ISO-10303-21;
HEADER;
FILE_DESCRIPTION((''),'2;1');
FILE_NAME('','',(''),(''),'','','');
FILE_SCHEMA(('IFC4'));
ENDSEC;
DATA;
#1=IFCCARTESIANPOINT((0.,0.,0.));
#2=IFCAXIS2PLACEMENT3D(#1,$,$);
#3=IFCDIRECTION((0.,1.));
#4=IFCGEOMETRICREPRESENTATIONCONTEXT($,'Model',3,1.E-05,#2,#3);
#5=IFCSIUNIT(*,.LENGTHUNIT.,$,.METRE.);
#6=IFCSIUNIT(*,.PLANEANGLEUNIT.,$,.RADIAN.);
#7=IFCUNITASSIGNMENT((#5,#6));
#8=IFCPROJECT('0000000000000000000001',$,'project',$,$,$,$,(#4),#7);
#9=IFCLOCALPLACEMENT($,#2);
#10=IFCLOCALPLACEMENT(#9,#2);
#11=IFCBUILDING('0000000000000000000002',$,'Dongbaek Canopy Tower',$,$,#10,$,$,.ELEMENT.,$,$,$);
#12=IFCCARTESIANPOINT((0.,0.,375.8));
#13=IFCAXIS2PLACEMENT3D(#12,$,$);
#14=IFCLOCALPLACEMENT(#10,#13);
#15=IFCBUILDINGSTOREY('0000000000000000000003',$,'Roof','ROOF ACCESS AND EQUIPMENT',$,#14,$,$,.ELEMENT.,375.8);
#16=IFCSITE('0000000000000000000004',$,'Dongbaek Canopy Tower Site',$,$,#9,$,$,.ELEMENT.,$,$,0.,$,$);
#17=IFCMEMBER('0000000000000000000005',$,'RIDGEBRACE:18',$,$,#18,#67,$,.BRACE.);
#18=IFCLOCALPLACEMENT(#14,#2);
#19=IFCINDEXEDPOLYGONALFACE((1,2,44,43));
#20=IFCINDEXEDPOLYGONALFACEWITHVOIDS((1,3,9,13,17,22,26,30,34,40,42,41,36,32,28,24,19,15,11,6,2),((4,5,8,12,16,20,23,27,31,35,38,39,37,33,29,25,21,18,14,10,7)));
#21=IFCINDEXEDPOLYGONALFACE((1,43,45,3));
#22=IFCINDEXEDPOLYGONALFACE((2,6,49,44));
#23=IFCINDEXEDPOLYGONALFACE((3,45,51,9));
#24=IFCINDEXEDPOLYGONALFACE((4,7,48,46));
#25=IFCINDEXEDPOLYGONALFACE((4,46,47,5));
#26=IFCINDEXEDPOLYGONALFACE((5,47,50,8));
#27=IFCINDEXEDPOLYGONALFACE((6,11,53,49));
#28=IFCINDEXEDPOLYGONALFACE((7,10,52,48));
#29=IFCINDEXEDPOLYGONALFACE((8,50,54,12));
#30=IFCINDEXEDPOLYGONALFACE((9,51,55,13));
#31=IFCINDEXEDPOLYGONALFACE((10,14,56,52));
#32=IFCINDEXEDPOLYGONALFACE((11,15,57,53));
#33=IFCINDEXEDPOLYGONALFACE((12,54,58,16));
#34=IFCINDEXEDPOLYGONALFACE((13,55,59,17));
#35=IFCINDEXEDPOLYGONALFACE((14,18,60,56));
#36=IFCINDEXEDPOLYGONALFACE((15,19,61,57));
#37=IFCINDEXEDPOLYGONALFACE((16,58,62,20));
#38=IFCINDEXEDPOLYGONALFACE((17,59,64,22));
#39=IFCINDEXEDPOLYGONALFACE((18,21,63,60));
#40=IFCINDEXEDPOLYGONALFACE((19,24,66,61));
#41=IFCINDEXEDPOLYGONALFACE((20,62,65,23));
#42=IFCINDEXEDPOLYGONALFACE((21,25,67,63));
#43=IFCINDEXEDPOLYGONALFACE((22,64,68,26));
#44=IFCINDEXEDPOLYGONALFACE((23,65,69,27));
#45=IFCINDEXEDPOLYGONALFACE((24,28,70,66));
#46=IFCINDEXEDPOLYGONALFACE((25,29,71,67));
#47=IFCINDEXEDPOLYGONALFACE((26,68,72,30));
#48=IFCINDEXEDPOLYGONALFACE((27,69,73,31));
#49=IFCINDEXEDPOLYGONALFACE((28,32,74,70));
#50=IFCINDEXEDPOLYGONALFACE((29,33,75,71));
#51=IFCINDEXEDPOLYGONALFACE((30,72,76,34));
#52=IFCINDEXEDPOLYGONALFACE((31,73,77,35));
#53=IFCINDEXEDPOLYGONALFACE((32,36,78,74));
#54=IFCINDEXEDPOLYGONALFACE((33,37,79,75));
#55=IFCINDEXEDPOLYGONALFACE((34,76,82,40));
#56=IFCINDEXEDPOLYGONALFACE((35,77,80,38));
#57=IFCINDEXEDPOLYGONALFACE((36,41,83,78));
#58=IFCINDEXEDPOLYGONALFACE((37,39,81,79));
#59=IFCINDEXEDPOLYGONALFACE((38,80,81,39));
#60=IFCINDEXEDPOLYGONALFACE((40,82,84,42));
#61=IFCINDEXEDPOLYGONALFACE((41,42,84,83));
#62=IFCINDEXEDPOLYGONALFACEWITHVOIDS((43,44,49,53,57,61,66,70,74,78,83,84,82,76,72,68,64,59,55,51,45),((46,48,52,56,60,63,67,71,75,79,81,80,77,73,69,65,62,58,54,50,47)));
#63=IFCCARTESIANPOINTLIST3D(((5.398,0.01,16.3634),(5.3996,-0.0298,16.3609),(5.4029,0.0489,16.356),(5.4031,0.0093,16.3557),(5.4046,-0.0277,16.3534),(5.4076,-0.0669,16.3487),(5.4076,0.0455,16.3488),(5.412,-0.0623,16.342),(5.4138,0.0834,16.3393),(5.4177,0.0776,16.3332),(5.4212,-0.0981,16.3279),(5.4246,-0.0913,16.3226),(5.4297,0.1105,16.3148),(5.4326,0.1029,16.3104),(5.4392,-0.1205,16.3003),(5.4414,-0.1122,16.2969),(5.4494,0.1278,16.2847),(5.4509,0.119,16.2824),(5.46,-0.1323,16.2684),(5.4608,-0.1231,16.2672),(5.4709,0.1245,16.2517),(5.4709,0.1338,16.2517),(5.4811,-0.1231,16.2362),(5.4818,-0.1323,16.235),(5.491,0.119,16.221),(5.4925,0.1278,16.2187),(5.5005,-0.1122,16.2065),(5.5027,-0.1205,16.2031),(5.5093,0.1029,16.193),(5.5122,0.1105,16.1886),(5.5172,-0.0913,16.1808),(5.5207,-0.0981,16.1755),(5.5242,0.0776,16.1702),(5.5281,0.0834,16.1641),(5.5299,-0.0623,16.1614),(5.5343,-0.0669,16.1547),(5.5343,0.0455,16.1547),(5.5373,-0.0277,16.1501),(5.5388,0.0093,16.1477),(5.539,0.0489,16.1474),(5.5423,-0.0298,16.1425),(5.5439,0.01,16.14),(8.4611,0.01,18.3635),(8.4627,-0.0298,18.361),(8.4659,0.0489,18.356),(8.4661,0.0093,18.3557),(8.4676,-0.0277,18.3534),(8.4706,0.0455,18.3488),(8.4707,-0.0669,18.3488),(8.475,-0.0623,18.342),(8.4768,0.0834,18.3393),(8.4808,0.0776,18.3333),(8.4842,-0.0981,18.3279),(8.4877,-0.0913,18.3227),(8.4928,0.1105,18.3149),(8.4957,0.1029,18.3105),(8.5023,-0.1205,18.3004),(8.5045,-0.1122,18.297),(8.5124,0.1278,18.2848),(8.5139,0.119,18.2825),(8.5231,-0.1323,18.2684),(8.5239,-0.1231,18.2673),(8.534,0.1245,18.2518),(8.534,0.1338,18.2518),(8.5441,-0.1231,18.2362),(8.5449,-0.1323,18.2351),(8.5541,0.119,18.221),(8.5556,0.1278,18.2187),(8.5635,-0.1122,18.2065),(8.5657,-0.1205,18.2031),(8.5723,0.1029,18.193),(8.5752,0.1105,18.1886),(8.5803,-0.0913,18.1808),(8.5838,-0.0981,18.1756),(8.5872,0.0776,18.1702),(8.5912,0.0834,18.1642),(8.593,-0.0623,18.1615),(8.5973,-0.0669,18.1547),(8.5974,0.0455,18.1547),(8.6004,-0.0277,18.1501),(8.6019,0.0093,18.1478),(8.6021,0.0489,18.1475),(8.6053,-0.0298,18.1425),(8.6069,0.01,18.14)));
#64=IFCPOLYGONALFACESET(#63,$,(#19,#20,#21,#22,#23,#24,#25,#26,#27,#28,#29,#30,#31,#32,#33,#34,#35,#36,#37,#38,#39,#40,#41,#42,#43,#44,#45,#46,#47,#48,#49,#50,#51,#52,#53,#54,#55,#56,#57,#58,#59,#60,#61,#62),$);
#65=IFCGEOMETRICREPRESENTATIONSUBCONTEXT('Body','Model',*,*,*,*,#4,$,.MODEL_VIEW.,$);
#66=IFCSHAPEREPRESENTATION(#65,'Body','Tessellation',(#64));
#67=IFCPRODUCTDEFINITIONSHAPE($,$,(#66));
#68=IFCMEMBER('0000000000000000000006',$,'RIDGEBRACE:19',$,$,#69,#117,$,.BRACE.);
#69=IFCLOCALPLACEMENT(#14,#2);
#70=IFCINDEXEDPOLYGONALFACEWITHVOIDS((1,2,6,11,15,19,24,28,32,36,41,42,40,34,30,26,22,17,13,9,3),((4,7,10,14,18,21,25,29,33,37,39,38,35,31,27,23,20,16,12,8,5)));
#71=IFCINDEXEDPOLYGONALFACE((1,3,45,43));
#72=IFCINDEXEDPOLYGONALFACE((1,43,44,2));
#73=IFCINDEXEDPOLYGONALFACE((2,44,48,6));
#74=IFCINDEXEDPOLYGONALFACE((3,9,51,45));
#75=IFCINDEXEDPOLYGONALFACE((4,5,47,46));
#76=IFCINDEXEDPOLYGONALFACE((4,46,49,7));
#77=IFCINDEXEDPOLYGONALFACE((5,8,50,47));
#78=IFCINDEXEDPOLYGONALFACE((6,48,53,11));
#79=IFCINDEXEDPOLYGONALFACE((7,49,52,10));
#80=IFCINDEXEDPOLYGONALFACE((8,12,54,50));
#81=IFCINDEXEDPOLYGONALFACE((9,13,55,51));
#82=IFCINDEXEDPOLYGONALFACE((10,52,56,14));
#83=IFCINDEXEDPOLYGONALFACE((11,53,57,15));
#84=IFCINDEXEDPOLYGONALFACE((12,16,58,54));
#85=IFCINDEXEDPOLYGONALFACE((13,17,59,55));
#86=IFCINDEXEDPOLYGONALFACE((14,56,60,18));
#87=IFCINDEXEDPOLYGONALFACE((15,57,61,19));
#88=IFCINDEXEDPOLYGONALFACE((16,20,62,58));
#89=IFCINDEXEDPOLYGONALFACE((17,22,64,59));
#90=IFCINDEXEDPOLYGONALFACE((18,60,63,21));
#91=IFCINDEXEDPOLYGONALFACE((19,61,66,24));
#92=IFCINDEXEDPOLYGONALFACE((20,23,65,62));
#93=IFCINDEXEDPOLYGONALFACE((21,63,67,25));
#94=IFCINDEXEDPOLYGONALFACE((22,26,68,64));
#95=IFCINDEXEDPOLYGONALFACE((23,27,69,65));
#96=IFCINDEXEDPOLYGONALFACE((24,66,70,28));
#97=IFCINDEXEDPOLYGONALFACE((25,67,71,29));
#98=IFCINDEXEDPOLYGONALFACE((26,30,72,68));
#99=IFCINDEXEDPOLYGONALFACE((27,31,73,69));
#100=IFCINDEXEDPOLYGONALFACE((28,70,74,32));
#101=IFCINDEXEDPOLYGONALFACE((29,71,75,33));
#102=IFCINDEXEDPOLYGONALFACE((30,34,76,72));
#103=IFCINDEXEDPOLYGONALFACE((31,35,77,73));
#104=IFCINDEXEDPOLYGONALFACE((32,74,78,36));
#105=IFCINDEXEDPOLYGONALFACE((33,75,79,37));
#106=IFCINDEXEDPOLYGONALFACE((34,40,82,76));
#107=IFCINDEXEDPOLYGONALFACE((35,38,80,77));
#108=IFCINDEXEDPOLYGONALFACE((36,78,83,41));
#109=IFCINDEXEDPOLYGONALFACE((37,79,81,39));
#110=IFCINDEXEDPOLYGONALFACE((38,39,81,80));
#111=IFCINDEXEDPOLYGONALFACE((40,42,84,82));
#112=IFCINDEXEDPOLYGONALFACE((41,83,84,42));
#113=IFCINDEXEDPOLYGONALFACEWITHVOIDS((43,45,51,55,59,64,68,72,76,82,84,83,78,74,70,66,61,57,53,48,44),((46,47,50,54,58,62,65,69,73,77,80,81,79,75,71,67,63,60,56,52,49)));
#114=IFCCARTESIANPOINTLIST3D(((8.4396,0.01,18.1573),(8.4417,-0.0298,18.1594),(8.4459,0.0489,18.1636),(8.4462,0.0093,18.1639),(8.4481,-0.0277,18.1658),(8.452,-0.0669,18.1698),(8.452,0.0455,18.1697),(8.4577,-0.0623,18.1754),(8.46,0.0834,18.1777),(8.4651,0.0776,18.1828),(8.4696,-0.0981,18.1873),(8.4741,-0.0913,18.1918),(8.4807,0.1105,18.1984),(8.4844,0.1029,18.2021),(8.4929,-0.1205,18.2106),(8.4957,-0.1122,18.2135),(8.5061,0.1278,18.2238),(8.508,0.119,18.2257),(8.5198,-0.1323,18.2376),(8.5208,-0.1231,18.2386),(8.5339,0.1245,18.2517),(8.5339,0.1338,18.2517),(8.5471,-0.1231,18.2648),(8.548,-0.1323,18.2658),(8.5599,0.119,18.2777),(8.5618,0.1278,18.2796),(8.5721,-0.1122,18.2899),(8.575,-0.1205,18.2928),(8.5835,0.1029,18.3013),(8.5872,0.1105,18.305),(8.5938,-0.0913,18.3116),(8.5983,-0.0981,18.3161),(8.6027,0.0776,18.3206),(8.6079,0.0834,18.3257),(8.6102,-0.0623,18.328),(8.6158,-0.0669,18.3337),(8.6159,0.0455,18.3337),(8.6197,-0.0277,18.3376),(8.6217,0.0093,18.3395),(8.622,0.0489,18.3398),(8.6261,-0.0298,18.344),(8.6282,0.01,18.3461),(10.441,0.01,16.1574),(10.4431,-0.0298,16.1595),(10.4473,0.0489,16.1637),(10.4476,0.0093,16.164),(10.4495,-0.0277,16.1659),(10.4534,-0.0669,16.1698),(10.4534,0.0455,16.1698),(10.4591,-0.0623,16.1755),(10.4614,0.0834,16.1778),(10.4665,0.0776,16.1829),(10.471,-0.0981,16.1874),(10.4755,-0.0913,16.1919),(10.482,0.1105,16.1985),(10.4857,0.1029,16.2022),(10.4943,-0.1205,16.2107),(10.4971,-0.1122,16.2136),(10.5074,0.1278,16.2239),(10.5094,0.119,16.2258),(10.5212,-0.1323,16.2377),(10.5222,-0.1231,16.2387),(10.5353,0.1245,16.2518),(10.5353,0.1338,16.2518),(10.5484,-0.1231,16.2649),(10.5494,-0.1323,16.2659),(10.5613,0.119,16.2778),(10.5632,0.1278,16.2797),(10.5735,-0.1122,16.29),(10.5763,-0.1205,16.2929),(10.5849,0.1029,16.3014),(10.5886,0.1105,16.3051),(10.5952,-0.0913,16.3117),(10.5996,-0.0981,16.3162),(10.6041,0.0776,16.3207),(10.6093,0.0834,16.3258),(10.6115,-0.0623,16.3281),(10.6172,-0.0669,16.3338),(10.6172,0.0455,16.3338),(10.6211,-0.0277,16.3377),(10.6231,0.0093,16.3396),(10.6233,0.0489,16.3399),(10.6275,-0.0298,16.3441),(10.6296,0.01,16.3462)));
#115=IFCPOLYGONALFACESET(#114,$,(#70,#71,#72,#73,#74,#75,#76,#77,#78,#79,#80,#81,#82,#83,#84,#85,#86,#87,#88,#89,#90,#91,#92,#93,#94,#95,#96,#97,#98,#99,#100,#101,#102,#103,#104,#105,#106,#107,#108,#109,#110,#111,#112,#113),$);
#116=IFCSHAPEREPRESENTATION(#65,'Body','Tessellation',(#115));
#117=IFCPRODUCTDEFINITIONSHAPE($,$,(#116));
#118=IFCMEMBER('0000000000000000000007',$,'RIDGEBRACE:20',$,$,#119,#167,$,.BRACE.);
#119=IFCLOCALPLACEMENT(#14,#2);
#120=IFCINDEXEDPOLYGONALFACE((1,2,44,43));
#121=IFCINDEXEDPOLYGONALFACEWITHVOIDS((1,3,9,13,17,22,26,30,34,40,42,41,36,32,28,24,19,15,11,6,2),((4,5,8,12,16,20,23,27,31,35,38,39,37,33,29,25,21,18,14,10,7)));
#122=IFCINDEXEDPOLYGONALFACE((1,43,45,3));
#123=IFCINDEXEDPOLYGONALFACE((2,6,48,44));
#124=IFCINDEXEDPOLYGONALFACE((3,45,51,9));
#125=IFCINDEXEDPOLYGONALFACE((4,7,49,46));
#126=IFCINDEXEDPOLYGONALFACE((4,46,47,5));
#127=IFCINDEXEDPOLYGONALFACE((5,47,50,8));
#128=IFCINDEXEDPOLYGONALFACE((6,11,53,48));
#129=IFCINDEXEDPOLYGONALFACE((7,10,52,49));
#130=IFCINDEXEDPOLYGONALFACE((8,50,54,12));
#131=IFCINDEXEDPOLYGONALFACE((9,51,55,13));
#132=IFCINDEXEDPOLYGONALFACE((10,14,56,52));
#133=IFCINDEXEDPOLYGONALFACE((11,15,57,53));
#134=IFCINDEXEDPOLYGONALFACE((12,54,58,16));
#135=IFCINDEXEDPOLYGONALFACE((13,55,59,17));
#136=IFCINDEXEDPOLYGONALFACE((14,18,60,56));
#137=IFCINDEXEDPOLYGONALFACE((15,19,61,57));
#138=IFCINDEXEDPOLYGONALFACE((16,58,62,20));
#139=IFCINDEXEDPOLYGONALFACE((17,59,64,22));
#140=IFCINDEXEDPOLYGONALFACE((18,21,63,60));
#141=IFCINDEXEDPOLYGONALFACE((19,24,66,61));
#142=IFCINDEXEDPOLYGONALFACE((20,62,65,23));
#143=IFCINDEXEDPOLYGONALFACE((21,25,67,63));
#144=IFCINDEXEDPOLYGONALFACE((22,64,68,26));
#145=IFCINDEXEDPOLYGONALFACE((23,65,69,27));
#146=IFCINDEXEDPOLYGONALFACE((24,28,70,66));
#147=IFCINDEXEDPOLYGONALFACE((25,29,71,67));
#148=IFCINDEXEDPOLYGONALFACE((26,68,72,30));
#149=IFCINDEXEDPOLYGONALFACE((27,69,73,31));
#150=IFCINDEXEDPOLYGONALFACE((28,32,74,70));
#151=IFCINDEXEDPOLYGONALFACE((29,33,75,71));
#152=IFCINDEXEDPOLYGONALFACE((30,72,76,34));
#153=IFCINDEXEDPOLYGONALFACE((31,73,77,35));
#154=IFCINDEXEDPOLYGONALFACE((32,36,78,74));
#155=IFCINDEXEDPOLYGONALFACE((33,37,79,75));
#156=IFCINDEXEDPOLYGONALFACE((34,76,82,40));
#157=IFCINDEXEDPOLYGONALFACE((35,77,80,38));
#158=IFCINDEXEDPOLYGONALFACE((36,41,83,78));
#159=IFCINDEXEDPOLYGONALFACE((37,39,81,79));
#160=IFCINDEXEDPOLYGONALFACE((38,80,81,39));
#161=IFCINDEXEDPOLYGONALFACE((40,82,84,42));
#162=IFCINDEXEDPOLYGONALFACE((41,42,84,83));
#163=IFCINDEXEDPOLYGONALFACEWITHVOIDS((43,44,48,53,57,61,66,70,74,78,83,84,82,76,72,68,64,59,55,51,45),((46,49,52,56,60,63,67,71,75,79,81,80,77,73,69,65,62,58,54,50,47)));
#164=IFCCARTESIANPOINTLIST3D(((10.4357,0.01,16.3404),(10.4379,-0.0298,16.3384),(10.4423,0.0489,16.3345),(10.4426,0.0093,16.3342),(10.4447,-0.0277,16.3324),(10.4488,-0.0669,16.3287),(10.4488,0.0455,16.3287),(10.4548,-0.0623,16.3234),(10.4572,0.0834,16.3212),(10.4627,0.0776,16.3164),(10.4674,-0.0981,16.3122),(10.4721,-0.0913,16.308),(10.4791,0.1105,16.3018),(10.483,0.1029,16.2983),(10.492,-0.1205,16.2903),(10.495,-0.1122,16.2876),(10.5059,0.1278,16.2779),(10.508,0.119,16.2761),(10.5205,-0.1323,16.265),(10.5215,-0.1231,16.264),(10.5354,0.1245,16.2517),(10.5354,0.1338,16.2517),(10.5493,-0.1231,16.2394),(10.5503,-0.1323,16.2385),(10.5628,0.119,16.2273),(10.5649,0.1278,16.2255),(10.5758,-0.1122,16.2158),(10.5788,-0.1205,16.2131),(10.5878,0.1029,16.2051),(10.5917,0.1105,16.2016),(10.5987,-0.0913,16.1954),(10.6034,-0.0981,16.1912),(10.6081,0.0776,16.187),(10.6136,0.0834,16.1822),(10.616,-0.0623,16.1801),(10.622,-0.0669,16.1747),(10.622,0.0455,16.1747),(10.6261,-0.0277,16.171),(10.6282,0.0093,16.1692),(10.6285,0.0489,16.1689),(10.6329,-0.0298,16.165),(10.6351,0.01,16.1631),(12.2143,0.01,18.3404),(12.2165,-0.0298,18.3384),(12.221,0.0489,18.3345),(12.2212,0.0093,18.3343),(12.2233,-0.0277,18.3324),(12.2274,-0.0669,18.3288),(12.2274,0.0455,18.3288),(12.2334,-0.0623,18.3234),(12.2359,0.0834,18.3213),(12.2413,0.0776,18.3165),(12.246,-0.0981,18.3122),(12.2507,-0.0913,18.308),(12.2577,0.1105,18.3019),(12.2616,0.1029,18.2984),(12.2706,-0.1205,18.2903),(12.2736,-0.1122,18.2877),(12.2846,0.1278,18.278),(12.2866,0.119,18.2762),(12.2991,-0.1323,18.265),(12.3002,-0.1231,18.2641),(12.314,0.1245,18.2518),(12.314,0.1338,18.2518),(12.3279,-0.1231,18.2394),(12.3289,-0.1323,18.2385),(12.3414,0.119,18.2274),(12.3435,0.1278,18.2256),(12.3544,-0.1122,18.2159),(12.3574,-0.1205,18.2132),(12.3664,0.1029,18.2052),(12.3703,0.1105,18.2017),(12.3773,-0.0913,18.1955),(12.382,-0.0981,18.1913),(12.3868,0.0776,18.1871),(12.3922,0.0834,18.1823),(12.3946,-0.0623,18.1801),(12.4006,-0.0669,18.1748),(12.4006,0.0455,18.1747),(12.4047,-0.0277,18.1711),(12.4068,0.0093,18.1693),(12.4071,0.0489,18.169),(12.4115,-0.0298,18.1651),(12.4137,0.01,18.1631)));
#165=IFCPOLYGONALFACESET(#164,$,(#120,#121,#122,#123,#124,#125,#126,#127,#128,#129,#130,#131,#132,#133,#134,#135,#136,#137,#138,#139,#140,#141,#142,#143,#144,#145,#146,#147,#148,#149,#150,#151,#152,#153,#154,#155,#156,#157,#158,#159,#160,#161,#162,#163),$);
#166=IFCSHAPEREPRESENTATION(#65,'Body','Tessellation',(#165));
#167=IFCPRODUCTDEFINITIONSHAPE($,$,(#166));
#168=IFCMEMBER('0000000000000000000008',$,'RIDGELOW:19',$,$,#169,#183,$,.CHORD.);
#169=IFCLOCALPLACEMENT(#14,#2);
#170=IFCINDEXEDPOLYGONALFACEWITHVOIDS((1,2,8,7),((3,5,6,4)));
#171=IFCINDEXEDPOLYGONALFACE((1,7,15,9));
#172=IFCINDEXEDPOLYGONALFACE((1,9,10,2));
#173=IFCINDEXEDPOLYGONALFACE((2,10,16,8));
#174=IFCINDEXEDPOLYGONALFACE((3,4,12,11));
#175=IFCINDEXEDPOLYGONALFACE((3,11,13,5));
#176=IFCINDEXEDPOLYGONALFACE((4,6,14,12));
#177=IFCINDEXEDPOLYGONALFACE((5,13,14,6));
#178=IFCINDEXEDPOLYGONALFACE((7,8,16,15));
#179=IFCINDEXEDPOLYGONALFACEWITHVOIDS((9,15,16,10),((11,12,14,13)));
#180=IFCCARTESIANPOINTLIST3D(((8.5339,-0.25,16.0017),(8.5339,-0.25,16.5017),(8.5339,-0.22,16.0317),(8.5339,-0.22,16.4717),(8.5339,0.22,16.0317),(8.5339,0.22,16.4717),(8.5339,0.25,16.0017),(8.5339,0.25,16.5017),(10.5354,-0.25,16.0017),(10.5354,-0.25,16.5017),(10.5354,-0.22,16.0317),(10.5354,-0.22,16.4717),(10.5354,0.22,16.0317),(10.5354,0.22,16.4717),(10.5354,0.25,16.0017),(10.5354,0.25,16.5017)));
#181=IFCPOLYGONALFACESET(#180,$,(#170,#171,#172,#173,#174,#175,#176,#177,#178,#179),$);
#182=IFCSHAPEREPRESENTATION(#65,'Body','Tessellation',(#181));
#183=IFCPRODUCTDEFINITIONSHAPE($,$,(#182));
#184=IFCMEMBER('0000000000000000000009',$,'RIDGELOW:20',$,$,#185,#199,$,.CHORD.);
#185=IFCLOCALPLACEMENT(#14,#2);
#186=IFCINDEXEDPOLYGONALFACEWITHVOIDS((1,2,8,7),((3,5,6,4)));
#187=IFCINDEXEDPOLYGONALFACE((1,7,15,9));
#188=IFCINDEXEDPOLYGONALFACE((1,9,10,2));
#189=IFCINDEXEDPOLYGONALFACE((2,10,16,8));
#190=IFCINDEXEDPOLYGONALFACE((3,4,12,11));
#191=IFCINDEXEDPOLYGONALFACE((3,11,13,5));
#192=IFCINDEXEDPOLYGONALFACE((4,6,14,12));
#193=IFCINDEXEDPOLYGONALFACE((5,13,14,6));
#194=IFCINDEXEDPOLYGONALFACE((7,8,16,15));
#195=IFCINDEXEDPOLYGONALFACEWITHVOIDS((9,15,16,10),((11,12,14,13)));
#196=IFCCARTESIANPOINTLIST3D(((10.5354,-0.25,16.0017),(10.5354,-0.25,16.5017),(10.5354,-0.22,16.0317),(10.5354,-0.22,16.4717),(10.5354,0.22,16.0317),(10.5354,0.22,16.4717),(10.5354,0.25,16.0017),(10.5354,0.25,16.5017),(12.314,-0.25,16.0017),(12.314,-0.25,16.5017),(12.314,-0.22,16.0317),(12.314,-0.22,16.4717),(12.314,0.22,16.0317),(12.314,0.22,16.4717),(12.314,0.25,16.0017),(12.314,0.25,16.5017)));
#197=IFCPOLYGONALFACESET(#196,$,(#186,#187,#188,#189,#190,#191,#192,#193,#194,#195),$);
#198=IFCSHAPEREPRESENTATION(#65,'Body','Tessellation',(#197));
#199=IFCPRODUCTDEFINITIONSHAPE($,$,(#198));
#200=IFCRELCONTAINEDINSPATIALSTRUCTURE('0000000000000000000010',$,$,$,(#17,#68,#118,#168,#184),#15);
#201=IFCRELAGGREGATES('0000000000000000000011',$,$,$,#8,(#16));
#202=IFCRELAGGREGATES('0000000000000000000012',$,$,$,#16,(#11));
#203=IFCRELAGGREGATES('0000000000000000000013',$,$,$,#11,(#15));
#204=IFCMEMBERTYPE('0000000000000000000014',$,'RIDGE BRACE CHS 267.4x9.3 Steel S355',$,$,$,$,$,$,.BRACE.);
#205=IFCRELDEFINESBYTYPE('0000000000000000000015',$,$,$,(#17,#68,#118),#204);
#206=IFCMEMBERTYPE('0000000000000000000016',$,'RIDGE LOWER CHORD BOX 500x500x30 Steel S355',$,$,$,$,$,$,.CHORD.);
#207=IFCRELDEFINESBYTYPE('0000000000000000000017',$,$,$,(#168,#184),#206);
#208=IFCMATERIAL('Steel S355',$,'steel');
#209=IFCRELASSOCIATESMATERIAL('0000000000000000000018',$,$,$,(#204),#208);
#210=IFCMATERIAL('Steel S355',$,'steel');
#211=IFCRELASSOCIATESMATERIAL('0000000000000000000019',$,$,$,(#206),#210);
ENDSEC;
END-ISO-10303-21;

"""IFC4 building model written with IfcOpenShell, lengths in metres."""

from ifc_helpers import new_model, si_unit, direction, frame, origin, origin_2d, place, context, subcontext, project, spatial, hollow_rectangle, hollow_circle, extrude, material, material_profile, profile_set, type_object, element, save


model = new_model("IFC4")

# Units and contexts
model_context = context("Model", 3, precision=1e-05, world=origin(), true_north=direction((0.0, 1.0)))
body_context = subcontext(model_context, "Body", "Model", "MODEL_VIEW")
ifc_project = project(units=[si_unit("LENGTHUNIT", "METRE"), si_unit("PLANEANGLEUNIT", "RADIAN")], contexts=[model_context])

# Site, building, storey
site_placement = place(None, origin())
site = spatial("IfcSite", under=ifc_project, at=site_placement, Name="Dongbaek Canopy Tower Site", CompositionType="ELEMENT", RefElevation=0.0)
building_placement = place(site_placement, origin())
building = spatial("IfcBuilding", under=site, at=building_placement, Name="Dongbaek Canopy Tower", CompositionType="ELEMENT")
storey_placement = place(building_placement, frame((0.0, 0.0, 375.8)))
storey = spatial("IfcBuildingStorey", under=building, at=storey_placement, Name="Roof", Description="ROOF ACCESS AND EQUIPMENT", CompositionType="ELEMENT", Elevation=375.8)

# Members
ifc_material_1 = material(Name="Steel S355", Category="steel")
ifc_material_profile_1 = material_profile(ifc_material_1, hollow_circle(Radius=0.1338, WallThickness=0.0093, at=origin_2d()), Name="RIDGE BRACE CHS 267.4x9.3 Steel S355")
ifc_profile_set_1 = profile_set([ifc_material_profile_1], Name="Steel S355")
member_type_1 = type_object("IfcMemberType", Name="RIDGE BRACE CHS 267.4x9.3 Steel S355", PredefinedType="BRACE", material=ifc_profile_set_1)
member_1_placement = place(storey_placement, frame((5.4709, 0.0, 16.2517), z_axis=(0.83731, 0.0, 0.546728), x_axis=(0.0, 1.0, 0.0)))
element("IfcMember", 1, at=member_1_placement, inside=storey, type_object=member_type_1, Name="RIDGEBRACE:18", PredefinedType="BRACE", context=body_context, shape_type="SweptSolid", body=[
    extrude(hollow_circle(Radius=0.1338, WallThickness=0.0093, at=origin_2d()), origin(), (0.0, 0.0, 1.0), 3.6582),
])
member_2_placement = place(storey_placement, frame((8.5339, 0.0, 18.2517), z_axis=(0.707366, 0.0, -0.706848), x_axis=(0.0, 1.0, 0.0)))
element("IfcMember", 2, at=member_2_placement, inside=storey, type_object=member_type_1, Name="RIDGEBRACE:19", PredefinedType="BRACE", context=body_context, shape_type="SweptSolid", body=[
    extrude(hollow_circle(Radius=0.1338, WallThickness=0.0093, at=origin_2d()), origin(), (0.0, 0.0, 1.0), 2.8293),
])
member_3_placement = place(storey_placement, frame((10.5354, 0.0, 16.2517), z_axis=(0.664528, 0.0, 0.747263), x_axis=(0.0, 1.0, 0.0)))
element("IfcMember", 3, at=member_3_placement, inside=storey, type_object=member_type_1, Name="RIDGEBRACE:20", PredefinedType="BRACE", context=body_context, shape_type="SweptSolid", body=[
    extrude(hollow_circle(Radius=0.1338, WallThickness=0.0093, at=origin_2d()), origin(), (0.0, 0.0, 1.0), 2.6765),
])
ifc_material_2 = material(Name="Steel S355", Category="steel")
ifc_material_profile_2 = material_profile(ifc_material_2, hollow_rectangle(XDim=0.5, YDim=0.5, WallThickness=0.03, at=origin_2d()), Name="RIDGE LOWER CHORD BOX 500x500x30 Steel S355")
ifc_profile_set_2 = profile_set([ifc_material_profile_2], Name="Steel S355")
member_type_2 = type_object("IfcMemberType", Name="RIDGE LOWER CHORD BOX 500x500x30 Steel S355", PredefinedType="CHORD", material=ifc_profile_set_2)
member_4_placement = place(storey_placement, frame((8.5339, 0.0, 16.2517), z_axis=(1.0, 0.0, 0.0), x_axis=(0.0, 1.0, 0.0)))
element("IfcMember", 4, at=member_4_placement, inside=storey, type_object=member_type_2, Name="RIDGELOW:19", PredefinedType="CHORD", context=body_context, shape_type="SweptSolid", body=[
    extrude(hollow_rectangle(XDim=0.5, YDim=0.5, WallThickness=0.03, at=origin_2d()), origin(), (0.0, 0.0, 1.0), 2.0015),
])
member_5_placement = place(storey_placement, frame((10.5354, 0.0, 16.2517), z_axis=(1.0, 0.0, 0.0), x_axis=(0.0, 1.0, 0.0)))
element("IfcMember", 5, at=member_5_placement, inside=storey, type_object=member_type_2, Name="RIDGELOW:20", PredefinedType="CHORD", context=body_context, shape_type="SweptSolid", body=[
    extrude(hollow_rectangle(XDim=0.5, YDim=0.5, WallThickness=0.03, at=origin_2d()), origin(), (0.0, 0.0, 1.0), 1.7786),
])

save(model, "model.ifc")
